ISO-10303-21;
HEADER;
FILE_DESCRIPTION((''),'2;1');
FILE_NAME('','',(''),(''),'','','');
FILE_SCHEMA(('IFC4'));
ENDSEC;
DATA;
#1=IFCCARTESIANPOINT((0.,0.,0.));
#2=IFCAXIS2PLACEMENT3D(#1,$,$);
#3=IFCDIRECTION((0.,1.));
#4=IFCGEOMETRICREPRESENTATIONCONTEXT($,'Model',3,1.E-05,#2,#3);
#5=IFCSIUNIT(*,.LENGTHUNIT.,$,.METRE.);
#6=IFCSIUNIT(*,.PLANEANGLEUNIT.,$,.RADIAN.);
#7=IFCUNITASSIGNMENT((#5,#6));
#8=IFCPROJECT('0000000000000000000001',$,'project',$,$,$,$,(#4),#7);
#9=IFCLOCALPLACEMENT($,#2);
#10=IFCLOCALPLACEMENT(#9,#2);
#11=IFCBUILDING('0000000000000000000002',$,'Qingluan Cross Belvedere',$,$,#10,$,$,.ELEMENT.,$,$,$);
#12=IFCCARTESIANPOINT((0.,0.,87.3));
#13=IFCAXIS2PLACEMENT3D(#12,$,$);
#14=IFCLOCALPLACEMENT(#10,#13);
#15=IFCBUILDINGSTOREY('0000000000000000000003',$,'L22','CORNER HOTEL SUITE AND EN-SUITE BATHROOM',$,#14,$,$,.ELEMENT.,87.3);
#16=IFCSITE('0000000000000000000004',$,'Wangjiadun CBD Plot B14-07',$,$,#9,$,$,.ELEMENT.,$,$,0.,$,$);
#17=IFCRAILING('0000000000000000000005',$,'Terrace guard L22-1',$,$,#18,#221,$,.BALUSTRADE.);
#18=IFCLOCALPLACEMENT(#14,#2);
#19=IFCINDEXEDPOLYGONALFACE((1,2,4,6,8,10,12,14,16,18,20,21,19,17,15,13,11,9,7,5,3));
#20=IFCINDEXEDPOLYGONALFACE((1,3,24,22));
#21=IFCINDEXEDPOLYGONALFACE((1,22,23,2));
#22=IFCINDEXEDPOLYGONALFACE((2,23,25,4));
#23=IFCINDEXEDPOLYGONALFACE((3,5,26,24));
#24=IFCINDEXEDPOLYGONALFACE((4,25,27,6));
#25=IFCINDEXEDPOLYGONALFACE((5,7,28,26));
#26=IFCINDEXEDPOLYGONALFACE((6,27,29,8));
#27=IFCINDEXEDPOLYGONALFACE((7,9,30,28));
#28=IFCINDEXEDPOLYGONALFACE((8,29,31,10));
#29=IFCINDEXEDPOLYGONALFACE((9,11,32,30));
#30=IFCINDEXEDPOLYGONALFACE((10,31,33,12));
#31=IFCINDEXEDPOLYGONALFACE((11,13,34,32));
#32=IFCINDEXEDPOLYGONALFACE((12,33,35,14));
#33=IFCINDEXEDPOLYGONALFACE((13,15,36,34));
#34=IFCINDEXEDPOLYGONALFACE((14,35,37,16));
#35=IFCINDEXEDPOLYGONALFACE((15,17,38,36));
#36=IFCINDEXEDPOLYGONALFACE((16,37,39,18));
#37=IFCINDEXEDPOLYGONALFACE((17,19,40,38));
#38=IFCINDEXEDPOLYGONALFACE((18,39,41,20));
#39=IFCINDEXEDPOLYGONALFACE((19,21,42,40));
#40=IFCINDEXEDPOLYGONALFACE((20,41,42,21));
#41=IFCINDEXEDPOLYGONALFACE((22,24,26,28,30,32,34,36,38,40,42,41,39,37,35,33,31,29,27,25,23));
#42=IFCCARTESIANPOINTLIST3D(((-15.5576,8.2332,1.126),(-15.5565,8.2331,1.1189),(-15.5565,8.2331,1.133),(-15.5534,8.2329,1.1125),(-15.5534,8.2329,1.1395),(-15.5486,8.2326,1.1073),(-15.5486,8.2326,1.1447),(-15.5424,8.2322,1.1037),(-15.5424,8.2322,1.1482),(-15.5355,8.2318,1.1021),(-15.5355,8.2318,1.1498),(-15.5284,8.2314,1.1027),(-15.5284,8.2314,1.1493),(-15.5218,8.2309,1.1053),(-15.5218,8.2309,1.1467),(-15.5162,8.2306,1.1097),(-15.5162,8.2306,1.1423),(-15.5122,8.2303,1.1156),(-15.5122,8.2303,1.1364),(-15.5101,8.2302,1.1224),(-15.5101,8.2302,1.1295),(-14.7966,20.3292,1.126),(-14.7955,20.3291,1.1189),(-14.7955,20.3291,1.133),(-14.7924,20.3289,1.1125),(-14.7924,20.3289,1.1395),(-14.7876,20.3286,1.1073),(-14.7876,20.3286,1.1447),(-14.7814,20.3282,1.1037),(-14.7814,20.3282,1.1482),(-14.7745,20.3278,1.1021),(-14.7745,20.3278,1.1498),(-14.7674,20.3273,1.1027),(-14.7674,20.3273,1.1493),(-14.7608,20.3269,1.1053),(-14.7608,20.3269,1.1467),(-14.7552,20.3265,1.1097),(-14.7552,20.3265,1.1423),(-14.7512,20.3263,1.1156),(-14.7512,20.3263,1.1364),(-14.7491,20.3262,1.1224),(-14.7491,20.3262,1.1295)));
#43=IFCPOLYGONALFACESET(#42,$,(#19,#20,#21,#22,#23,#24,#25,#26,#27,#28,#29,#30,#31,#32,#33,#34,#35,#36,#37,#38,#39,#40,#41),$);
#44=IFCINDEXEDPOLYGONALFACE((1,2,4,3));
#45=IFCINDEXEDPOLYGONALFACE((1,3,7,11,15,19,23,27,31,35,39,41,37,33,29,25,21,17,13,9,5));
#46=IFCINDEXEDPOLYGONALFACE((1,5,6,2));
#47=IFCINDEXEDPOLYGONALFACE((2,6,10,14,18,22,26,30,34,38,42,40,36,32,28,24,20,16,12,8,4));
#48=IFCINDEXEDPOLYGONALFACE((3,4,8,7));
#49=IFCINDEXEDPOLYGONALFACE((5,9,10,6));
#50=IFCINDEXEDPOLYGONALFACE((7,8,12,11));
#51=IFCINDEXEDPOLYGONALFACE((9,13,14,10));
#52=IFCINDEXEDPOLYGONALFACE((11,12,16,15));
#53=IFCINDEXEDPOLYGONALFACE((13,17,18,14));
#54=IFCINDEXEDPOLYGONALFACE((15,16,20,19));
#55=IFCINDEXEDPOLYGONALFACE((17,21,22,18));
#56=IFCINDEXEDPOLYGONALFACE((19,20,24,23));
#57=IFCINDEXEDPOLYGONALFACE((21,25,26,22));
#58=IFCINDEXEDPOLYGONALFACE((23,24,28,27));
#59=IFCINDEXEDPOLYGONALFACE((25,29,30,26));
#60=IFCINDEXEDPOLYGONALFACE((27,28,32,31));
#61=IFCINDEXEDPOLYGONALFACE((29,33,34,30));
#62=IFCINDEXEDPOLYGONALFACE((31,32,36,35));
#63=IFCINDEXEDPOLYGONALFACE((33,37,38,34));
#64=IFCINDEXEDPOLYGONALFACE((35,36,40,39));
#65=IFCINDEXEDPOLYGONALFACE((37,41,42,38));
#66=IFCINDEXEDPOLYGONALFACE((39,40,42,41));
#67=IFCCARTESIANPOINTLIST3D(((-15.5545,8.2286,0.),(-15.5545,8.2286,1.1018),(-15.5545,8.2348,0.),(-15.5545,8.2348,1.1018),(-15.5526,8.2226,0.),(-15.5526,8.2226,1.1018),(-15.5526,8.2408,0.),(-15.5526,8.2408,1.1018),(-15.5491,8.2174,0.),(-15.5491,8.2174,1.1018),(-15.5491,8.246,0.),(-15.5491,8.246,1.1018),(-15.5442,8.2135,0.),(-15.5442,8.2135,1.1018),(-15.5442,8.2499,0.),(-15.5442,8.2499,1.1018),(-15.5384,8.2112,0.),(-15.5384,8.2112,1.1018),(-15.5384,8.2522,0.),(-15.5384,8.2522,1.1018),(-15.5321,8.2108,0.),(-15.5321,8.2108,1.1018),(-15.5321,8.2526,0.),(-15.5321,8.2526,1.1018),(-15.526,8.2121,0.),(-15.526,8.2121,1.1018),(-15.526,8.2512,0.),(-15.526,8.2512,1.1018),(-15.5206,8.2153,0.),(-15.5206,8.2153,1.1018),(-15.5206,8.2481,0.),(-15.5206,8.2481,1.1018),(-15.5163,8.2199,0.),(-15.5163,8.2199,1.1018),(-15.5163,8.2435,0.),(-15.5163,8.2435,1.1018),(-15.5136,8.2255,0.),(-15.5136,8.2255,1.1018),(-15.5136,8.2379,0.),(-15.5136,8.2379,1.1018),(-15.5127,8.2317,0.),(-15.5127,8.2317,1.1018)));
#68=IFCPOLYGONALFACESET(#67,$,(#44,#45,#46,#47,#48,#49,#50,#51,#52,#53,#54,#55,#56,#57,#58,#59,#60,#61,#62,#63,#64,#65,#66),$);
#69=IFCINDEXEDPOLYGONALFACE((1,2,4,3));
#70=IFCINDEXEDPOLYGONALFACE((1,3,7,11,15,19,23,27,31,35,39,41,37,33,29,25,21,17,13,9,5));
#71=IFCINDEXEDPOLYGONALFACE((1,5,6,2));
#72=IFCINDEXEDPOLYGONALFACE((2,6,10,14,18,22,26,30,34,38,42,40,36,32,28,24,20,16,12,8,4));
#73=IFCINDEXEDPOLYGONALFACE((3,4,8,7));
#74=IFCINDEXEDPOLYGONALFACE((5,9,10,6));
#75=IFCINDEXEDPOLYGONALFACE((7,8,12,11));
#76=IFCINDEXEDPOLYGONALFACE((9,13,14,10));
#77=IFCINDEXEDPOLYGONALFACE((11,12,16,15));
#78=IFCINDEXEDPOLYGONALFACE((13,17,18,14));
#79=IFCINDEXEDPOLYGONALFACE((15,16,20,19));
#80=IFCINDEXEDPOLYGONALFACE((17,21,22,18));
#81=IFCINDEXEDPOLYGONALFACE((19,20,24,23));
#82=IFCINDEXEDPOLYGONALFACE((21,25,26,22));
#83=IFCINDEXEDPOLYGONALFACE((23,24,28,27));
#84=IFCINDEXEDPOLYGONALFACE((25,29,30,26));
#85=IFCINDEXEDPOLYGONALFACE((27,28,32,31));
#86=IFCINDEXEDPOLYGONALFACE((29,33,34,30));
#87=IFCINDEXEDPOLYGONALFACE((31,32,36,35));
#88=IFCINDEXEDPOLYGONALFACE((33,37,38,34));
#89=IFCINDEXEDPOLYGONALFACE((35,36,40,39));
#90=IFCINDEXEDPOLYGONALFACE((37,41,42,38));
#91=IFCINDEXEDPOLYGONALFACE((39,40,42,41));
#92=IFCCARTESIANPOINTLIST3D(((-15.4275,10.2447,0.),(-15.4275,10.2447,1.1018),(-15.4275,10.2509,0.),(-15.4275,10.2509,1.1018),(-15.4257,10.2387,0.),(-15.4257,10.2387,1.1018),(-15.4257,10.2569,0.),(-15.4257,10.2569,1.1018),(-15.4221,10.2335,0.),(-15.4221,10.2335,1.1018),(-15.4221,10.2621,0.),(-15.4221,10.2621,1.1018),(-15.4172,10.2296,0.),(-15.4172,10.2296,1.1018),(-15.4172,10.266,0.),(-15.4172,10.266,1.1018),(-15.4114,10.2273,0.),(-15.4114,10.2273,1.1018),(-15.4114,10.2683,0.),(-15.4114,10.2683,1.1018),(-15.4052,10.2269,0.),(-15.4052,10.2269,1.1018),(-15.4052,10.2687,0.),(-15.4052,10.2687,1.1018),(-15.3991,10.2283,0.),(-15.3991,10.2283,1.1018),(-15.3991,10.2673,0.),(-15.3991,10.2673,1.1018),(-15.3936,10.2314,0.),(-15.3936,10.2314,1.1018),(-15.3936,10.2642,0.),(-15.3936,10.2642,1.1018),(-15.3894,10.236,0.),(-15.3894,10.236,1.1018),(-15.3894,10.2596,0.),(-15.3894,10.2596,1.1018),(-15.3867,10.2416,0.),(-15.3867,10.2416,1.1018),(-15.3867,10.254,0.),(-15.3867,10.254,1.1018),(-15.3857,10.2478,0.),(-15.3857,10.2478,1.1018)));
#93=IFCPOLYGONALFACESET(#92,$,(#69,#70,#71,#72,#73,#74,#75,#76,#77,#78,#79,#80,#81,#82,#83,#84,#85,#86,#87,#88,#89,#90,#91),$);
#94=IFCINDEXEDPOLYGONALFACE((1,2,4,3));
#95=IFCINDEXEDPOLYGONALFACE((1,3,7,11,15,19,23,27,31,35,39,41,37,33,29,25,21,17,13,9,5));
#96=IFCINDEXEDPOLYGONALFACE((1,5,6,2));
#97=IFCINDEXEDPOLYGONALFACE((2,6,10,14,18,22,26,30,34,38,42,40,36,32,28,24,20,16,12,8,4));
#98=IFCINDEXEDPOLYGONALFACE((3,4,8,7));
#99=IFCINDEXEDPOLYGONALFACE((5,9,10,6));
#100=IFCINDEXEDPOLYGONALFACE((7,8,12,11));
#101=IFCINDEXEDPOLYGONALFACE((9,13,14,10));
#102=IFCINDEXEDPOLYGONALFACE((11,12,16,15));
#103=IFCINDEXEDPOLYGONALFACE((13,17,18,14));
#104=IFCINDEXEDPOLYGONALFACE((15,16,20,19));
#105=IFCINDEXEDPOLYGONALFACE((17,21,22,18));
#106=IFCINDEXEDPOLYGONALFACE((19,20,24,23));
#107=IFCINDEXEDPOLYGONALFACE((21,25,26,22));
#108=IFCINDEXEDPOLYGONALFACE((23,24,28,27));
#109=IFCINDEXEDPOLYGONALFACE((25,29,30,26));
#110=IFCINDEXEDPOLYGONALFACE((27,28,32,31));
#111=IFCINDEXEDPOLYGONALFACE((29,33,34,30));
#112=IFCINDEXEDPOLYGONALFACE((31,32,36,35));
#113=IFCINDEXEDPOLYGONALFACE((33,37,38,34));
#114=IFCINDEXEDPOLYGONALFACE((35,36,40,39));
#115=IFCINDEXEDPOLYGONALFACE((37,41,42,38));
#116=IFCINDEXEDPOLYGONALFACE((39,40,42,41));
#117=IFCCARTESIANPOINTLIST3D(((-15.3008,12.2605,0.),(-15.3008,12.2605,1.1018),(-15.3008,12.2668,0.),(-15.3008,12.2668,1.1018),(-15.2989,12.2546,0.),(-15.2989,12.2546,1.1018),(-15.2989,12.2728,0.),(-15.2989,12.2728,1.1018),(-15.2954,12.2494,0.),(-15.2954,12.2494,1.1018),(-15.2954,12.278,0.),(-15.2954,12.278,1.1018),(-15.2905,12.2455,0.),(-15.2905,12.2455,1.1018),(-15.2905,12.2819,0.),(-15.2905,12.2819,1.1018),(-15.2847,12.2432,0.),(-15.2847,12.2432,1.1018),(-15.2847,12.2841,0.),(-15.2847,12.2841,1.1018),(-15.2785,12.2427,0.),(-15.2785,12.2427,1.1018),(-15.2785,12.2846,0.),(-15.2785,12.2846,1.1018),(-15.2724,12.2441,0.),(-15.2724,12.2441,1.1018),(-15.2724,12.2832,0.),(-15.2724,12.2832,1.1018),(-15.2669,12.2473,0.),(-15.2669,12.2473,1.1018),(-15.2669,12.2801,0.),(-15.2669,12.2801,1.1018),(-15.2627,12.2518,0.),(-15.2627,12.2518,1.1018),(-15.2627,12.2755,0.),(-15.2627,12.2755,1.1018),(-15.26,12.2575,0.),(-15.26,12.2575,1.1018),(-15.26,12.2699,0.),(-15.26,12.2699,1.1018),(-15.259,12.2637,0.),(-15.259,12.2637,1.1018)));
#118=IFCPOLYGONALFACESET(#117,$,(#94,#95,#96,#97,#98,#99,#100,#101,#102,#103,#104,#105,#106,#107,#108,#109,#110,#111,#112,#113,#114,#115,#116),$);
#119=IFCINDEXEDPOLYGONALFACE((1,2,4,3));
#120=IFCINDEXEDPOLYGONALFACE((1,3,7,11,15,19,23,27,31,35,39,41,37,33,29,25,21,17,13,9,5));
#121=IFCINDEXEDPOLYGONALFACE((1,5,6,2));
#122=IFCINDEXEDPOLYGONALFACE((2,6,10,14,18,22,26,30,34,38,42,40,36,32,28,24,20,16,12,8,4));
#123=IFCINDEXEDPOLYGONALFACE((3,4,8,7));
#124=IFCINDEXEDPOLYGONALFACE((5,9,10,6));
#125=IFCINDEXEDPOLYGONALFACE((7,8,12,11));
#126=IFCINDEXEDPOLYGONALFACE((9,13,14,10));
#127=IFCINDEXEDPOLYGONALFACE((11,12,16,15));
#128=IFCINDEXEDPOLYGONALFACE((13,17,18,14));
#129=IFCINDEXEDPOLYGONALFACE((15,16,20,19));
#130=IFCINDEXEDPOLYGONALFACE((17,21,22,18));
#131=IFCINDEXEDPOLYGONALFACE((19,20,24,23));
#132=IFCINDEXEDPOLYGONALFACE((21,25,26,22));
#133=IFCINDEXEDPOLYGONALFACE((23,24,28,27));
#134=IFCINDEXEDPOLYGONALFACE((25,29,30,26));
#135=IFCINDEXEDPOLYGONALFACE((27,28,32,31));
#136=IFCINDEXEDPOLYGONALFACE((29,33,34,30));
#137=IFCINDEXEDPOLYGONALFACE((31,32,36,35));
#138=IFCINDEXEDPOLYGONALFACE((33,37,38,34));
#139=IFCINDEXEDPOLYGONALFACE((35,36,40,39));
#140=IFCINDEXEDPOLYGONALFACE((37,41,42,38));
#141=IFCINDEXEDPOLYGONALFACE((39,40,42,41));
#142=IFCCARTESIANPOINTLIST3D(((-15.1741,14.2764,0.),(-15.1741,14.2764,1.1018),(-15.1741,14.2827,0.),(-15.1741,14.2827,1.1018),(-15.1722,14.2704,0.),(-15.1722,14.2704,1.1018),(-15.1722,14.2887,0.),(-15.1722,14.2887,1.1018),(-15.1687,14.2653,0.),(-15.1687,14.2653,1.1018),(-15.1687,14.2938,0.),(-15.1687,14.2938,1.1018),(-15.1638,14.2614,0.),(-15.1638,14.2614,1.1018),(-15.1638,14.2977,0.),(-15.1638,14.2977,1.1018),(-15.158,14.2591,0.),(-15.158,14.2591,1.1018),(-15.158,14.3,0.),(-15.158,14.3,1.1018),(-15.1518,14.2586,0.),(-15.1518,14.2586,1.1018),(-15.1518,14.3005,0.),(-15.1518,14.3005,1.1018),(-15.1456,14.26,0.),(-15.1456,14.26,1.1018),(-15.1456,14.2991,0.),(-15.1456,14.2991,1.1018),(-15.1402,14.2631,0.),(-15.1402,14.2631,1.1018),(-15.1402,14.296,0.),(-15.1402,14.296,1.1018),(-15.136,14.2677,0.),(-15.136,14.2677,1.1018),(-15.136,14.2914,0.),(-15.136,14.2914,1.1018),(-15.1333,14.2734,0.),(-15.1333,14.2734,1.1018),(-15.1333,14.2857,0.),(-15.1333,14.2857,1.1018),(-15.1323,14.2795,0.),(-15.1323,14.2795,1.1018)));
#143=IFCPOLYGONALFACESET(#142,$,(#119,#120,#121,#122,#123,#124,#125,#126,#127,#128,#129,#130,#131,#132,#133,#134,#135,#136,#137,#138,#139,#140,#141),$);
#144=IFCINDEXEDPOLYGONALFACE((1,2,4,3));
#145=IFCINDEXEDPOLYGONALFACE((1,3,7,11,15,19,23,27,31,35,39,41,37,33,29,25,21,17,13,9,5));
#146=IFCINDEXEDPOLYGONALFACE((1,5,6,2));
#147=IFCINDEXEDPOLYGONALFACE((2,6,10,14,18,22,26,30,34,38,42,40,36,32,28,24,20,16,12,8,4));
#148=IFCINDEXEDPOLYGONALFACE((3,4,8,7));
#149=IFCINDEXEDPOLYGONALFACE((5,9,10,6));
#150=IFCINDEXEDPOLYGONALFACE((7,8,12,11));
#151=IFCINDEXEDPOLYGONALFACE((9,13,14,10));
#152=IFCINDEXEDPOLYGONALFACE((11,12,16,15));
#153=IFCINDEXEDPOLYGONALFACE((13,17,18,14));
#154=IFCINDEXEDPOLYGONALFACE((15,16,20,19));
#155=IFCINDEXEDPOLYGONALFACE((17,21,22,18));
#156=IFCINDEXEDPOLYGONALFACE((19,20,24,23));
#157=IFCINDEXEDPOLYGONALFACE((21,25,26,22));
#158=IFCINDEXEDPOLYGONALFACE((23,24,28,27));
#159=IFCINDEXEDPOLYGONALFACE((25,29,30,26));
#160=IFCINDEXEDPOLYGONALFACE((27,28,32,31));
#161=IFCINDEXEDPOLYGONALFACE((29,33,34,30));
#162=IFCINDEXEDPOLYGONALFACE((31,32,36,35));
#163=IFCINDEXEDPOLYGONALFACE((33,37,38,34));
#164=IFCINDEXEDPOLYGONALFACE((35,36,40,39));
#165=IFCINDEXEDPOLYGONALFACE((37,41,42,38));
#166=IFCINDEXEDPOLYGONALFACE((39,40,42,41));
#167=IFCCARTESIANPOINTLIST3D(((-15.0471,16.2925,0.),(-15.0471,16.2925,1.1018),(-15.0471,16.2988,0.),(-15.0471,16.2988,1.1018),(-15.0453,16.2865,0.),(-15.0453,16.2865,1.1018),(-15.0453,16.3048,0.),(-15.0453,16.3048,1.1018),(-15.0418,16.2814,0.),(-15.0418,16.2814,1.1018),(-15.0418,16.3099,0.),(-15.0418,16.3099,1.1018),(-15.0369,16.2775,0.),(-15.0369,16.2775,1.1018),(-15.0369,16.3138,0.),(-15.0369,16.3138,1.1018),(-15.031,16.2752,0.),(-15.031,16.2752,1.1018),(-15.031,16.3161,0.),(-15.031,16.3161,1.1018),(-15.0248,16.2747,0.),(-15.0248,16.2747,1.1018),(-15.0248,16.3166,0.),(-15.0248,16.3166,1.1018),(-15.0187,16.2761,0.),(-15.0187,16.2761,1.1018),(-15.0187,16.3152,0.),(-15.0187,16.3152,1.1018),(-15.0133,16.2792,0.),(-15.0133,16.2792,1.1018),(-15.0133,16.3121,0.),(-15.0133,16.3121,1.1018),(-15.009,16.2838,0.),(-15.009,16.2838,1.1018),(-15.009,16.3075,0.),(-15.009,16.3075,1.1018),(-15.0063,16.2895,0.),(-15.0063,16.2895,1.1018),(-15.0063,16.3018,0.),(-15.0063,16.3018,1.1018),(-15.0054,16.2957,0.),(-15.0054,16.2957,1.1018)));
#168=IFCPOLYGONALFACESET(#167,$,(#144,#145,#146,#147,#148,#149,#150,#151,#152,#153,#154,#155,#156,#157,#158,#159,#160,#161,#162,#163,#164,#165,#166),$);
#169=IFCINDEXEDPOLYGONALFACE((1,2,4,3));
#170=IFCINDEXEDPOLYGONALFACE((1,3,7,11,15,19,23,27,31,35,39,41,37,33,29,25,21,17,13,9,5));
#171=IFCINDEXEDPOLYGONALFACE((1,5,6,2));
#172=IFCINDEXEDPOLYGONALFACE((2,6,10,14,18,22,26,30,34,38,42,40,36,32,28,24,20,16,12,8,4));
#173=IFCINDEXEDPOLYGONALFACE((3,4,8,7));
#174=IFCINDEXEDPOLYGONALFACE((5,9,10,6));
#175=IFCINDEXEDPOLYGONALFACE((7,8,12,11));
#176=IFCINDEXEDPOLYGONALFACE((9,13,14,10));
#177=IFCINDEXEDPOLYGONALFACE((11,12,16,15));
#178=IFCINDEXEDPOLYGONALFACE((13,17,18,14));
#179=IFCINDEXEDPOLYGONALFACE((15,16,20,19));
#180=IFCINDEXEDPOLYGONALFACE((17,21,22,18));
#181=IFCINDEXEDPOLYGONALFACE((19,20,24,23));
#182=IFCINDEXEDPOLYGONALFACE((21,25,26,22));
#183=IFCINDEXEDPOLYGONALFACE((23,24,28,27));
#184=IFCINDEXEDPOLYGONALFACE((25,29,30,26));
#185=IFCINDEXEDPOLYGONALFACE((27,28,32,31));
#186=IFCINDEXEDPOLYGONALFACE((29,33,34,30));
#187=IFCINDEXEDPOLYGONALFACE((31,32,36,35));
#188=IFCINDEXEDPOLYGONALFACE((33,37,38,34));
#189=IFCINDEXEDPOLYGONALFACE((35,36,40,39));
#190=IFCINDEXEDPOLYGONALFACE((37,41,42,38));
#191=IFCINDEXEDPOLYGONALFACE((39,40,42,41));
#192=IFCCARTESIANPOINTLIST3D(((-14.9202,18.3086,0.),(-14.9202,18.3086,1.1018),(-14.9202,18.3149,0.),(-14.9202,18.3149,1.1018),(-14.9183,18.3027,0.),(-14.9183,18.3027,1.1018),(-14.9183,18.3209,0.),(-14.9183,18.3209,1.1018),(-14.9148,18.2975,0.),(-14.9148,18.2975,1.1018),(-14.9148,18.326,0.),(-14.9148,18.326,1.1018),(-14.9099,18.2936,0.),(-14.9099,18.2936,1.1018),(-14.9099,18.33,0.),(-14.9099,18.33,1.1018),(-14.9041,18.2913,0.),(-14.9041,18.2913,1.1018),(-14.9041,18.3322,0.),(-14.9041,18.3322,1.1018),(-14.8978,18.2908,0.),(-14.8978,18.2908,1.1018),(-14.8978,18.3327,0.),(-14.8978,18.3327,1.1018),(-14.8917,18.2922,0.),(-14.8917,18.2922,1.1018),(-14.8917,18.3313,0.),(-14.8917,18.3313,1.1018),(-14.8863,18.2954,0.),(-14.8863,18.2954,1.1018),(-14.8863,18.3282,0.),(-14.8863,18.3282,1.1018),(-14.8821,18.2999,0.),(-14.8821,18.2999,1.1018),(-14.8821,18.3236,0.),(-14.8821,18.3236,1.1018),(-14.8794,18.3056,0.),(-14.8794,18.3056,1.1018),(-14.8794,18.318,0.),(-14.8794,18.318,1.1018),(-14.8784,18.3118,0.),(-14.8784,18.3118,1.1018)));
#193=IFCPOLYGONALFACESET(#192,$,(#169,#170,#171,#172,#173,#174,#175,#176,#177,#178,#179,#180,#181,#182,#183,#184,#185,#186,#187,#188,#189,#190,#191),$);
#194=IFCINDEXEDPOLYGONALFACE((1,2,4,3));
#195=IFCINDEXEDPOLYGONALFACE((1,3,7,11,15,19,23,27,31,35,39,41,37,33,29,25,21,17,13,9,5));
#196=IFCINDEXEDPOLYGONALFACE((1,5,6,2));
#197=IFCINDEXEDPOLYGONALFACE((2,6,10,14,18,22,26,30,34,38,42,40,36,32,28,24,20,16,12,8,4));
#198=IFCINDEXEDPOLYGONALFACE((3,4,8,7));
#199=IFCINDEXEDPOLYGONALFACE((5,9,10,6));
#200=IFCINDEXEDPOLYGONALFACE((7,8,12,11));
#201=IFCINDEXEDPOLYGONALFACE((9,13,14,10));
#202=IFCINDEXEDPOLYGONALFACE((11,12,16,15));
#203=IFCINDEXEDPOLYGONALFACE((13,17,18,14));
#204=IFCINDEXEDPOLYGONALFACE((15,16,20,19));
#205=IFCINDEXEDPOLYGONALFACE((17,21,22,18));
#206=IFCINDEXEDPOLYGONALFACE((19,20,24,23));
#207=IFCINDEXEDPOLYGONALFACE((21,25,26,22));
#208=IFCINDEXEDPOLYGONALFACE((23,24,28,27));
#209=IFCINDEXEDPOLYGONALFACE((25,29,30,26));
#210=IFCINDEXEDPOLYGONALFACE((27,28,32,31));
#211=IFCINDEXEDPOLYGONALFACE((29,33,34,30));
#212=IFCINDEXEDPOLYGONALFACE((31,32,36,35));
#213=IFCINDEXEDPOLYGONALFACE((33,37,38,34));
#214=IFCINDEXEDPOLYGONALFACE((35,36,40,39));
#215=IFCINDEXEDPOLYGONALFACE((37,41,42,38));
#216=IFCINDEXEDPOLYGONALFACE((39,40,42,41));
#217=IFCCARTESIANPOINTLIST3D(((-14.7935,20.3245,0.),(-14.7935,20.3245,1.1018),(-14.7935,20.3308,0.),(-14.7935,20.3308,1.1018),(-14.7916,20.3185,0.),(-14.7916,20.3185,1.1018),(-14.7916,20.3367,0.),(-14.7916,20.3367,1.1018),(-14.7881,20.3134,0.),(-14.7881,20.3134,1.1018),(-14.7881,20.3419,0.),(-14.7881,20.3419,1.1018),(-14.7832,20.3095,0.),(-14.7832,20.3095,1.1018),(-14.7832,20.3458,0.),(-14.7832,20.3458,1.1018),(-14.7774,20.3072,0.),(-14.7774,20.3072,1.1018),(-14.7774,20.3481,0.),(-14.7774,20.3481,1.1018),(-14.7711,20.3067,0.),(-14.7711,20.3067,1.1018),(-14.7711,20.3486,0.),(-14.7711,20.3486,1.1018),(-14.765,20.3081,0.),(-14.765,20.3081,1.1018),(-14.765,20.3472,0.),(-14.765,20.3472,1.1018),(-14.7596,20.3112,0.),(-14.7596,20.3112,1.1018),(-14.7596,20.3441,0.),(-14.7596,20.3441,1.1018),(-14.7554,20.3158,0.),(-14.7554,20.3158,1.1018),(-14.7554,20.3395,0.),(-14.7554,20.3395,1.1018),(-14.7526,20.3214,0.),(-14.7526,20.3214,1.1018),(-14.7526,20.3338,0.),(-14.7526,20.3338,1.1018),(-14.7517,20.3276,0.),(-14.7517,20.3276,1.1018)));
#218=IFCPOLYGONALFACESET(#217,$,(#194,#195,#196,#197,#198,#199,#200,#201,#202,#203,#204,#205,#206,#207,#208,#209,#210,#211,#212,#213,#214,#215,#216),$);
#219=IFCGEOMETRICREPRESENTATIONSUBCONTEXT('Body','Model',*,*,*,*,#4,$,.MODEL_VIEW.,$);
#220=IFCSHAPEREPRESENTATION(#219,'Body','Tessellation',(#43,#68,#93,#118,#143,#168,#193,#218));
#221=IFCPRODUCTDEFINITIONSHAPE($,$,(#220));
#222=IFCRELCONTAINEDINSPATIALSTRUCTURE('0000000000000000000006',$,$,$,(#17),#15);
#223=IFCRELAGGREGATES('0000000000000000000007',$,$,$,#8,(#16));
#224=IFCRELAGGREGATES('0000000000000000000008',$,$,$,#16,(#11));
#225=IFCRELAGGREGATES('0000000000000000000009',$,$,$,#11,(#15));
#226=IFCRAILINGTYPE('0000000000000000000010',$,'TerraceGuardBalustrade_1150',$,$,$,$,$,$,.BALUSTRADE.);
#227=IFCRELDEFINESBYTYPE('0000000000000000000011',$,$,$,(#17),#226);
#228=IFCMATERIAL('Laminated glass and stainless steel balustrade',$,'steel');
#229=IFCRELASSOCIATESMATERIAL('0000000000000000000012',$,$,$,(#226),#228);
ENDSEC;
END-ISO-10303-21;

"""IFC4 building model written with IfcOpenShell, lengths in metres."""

from ifc_helpers import new_model, si_unit, direction, frame, origin, origin_2d, place, context, subcontext, project, spatial, circle, extrude, material, type_object, element, save


model = new_model("IFC4")

# Units and contexts
model_context = context("Model", 3, precision=1e-05, world=origin(), true_north=direction((0.0, 1.0)))
body_context = subcontext(model_context, "Body", "Model", "MODEL_VIEW")
ifc_project = project(units=[si_unit("LENGTHUNIT", "METRE"), si_unit("PLANEANGLEUNIT", "RADIAN")], contexts=[model_context])

# Site, building, storey
site_placement = place(None, origin())
site = spatial("IfcSite", under=ifc_project, at=site_placement, Name="Wangjiadun CBD Plot B14-07", CompositionType="ELEMENT", RefElevation=0.0)
building_placement = place(site_placement, origin())
building = spatial("IfcBuilding", under=site, at=building_placement, Name="Qingluan Cross Belvedere", CompositionType="ELEMENT")
storey_placement = place(building_placement, frame((0.0, 0.0, 87.3)))
storey = spatial("IfcBuildingStorey", under=building, at=storey_placement, Name="L22", Description="CORNER HOTEL SUITE AND EN-SUITE BATHROOM", CompositionType="ELEMENT", Elevation=87.3)

# Railing
ifc_material_1 = material(Name="Laminated glass and stainless steel balustrade", Category="steel")
railing_type = type_object("IfcRailingType", Name="TerraceGuardBalustrade_1150", PredefinedType="BALUSTRADE", material=ifc_material_1)
railing_placement = place(storey_placement, frame((-15.5337, 8.2317, 0.0)))
element("IfcRailing", 1, at=railing_placement, inside=storey, type_object=railing_type, Name="Terrace guard L22-1", PredefinedType="BALUSTRADE", context=body_context, shape_type="SweptSolid", body=[
    extrude(circle(Radius=0.0239, at=origin_2d()), frame((0.0, 0.0, 1.126), z_axis=(0.062788, 0.998027, 0.0), x_axis=(-0.998027, 0.062788, 0.0)), (0.0, 0.0, 1.0), 12.1199),
    extrude(circle(Radius=0.021, at=origin_2d()), origin(), (0.0, 0.0, 1.0), 1.1018),
    extrude(circle(Radius=0.021, at=origin_2d()), frame((0.127, 2.0161, 0.0)), (0.0, 0.0, 1.0), 1.1018),
    extrude(circle(Radius=0.021, at=origin_2d()), frame((0.2537, 4.032, 0.0)), (0.0, 0.0, 1.0), 1.1018),
    extrude(circle(Radius=0.021, at=origin_2d()), frame((0.3804, 6.0479, 0.0)), (0.0, 0.0, 1.0), 1.1018),
    extrude(circle(Radius=0.021, at=origin_2d()), frame((0.5073, 8.064, 0.0)), (0.0, 0.0, 1.0), 1.1018),
    extrude(circle(Radius=0.021, at=origin_2d()), frame((0.6343, 10.0801, 0.0)), (0.0, 0.0, 1.0), 1.1018),
    extrude(circle(Radius=0.021, at=origin_2d()), frame((0.761, 12.0959, 0.0)), (0.0, 0.0, 1.0), 1.1018),
])

save(model, "model.ifc")
